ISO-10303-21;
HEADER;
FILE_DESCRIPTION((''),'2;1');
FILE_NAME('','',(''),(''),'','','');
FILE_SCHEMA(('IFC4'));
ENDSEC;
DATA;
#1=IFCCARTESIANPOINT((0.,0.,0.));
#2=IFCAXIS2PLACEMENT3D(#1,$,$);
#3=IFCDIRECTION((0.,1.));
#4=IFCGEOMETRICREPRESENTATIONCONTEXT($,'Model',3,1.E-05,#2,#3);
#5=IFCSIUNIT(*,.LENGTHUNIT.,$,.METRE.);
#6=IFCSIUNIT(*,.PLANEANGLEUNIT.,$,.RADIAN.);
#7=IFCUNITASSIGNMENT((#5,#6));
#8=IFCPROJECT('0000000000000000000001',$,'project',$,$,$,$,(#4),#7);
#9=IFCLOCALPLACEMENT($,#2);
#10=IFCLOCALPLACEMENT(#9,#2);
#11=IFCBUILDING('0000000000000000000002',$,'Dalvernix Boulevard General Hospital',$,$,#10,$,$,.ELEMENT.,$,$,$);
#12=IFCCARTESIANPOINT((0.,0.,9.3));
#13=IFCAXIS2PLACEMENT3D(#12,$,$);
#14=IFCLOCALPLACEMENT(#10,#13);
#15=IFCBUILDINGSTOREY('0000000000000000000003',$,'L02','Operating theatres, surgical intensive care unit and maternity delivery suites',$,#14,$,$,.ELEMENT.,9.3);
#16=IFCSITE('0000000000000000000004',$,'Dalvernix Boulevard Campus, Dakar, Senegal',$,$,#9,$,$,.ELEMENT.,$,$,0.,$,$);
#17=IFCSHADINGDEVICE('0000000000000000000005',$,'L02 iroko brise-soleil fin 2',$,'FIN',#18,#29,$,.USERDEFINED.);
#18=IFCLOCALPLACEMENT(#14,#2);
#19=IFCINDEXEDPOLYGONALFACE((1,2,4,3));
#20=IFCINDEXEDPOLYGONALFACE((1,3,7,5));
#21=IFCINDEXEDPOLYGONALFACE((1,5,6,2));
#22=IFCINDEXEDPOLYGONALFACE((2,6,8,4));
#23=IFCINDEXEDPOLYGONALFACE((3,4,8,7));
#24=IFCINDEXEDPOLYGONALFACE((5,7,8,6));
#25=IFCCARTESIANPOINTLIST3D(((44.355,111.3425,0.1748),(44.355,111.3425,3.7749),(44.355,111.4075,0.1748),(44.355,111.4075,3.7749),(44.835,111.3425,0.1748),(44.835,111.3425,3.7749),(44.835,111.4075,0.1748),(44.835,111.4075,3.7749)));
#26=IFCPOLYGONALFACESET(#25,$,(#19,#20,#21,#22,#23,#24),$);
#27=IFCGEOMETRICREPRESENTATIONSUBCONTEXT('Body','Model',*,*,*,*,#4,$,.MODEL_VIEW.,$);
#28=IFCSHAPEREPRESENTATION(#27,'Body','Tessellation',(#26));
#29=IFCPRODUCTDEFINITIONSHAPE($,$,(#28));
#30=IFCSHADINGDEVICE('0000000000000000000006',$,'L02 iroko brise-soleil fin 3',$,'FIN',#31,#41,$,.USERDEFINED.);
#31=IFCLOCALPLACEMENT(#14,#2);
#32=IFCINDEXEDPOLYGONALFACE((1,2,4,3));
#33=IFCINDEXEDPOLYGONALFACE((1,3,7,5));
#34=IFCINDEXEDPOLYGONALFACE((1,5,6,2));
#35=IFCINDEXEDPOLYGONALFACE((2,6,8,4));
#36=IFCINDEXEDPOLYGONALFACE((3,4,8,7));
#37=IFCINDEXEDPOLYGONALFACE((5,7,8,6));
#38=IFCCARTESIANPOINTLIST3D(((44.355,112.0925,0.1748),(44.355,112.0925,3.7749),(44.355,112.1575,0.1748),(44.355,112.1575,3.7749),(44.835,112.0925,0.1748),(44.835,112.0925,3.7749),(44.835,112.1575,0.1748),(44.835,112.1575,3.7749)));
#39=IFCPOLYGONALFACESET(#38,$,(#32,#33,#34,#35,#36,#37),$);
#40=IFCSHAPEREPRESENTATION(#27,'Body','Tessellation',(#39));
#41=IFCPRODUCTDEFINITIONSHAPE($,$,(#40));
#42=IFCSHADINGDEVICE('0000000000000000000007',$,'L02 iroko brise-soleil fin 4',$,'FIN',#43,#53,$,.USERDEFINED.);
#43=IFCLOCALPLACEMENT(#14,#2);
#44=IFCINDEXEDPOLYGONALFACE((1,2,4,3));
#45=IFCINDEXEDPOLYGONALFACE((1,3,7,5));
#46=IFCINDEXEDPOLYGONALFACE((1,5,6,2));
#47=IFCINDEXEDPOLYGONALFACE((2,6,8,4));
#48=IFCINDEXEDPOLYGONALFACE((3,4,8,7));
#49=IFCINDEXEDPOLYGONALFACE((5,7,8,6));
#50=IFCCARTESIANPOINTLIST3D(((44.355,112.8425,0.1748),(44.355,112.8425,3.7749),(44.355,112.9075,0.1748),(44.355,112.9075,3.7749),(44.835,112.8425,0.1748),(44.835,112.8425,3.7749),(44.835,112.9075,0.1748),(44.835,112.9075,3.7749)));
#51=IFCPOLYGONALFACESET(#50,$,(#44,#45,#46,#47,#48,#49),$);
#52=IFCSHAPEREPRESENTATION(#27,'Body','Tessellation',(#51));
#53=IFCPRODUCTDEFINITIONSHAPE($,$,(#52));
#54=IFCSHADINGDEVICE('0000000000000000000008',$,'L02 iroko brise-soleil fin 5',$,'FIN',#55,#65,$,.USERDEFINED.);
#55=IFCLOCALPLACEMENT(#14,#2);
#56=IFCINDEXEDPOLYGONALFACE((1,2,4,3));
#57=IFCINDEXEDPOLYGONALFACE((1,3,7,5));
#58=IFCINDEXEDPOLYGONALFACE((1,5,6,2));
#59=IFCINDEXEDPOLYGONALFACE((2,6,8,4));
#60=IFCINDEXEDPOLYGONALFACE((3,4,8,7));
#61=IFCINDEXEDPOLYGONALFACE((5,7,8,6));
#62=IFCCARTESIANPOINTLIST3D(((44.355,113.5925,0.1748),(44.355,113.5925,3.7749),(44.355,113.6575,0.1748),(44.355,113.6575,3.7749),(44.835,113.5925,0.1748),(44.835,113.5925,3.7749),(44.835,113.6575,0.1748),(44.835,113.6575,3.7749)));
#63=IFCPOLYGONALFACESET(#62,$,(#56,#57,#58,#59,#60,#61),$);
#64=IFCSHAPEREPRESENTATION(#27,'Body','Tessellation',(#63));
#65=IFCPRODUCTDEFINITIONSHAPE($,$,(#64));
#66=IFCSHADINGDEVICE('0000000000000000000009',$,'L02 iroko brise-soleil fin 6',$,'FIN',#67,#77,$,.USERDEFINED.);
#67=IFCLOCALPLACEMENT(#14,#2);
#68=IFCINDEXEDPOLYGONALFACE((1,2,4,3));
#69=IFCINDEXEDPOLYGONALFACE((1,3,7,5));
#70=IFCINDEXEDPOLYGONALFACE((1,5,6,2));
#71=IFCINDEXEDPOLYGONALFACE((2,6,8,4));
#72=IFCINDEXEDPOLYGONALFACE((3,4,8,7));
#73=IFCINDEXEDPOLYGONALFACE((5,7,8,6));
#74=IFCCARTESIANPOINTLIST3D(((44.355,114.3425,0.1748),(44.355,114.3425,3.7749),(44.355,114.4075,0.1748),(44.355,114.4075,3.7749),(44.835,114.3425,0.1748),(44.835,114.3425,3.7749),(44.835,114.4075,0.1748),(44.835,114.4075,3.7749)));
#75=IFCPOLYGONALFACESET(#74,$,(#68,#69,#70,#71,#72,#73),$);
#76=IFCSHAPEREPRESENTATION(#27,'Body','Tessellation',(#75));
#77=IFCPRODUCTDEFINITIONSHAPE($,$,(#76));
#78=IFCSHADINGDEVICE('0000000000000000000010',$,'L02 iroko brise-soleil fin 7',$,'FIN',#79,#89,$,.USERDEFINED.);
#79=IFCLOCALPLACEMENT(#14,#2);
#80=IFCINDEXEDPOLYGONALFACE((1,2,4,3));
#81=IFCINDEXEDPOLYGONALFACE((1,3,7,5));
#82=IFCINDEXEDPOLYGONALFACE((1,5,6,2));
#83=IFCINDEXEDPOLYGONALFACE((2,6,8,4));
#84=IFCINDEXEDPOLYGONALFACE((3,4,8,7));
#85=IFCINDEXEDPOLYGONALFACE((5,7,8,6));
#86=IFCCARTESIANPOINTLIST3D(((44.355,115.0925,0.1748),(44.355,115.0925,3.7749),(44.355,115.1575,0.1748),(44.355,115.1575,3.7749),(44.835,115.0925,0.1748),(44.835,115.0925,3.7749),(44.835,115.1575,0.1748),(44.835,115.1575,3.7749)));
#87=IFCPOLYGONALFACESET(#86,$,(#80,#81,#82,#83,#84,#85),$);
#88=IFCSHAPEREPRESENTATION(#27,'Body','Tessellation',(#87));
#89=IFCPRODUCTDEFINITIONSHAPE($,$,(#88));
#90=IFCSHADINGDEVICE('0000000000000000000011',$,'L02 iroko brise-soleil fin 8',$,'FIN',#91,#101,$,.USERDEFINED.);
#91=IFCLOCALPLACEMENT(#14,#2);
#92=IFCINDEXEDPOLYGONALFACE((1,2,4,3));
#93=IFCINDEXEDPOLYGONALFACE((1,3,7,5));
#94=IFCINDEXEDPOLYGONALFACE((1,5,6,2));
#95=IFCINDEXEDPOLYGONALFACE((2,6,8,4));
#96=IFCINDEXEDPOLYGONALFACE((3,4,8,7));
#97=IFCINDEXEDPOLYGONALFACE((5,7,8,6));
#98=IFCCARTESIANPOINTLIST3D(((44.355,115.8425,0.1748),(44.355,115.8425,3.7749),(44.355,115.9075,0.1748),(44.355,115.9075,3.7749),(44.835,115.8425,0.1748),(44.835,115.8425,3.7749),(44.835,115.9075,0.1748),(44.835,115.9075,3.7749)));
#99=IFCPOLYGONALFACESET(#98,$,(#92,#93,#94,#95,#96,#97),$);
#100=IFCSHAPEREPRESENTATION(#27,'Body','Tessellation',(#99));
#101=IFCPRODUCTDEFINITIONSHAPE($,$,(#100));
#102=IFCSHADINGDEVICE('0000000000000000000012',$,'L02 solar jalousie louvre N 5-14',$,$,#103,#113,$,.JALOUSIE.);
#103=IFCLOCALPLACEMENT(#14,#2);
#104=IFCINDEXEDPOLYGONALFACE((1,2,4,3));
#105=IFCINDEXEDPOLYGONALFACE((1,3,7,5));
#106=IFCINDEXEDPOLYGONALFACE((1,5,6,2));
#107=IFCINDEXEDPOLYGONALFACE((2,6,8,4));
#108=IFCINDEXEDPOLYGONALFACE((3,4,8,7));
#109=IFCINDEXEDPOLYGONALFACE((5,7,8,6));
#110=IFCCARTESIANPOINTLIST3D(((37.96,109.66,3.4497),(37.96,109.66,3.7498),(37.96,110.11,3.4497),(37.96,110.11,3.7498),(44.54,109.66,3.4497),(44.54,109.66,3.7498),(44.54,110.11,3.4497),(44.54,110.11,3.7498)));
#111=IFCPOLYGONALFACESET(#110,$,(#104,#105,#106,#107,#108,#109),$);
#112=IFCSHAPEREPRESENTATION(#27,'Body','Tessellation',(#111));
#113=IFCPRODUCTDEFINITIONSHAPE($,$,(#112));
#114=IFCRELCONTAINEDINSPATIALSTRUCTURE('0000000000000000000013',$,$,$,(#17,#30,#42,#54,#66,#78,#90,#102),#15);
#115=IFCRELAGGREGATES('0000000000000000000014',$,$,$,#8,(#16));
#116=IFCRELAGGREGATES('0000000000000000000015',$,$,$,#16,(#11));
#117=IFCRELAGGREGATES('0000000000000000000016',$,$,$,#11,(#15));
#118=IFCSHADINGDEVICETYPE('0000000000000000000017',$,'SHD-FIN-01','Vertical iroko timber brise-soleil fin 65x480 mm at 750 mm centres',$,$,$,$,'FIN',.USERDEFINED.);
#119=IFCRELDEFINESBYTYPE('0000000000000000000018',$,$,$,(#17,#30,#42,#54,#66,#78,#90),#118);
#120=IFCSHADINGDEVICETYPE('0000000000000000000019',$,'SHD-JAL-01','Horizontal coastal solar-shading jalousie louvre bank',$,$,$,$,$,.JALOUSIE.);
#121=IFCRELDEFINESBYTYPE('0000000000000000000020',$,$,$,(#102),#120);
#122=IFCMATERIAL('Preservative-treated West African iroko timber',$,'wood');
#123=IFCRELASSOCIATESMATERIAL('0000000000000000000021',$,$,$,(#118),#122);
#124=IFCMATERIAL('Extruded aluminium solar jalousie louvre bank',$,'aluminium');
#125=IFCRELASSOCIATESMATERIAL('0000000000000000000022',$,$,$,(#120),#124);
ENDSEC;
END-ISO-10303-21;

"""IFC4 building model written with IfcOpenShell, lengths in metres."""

from ifc_helpers import new_model, si_unit, direction, frame, origin, origin_2d, place, context, subcontext, project, spatial, rectangle, extrude, material, type_object, element, save


model = new_model("IFC4")

# Units and contexts
model_context = context("Model", 3, precision=1e-05, world=origin(), true_north=direction((0.0, 1.0)))
body_context = subcontext(model_context, "Body", "Model", "MODEL_VIEW")
ifc_project = project(units=[si_unit("LENGTHUNIT", "METRE"), si_unit("PLANEANGLEUNIT", "RADIAN")], contexts=[model_context])

# Site, building, storey
site_placement = place(None, origin())
site = spatial("IfcSite", under=ifc_project, at=site_placement, Name="Dalvernix Boulevard Campus, Dakar, Senegal", CompositionType="ELEMENT", RefElevation=0.0)
building_placement = place(site_placement, origin())
building = spatial("IfcBuilding", under=site, at=building_placement, Name="Dalvernix Boulevard General Hospital", CompositionType="ELEMENT")
storey_placement = place(building_placement, frame((0.0, 0.0, 9.3)))
storey = spatial("IfcBuildingStorey", under=building, at=storey_placement, Name="L02", Description="Operating theatres, surgical intensive care unit and maternity delivery suites", CompositionType="ELEMENT", Elevation=9.3)

# Shading devices
ifc_material_1 = material(Name="Preservative-treated West African iroko timber", Category="wood")
shading_device_type_1 = type_object("IfcShadingDeviceType", Name="SHD-FIN-01", Description="Vertical iroko timber brise-soleil fin 65x480 mm at 750 mm centres", ElementType="FIN", PredefinedType="USERDEFINED", material=ifc_material_1)
for number, where, z_axis, x_axis, name in (
    (1, (44.595, 111.375, 0.1748), (0.0, 0.0, 1.0), (0.0, 1.0, 0.0), "L02 iroko brise-soleil fin 2"),
    (2, (44.595, 112.125, 0.1748), (0.0, 0.0, 1.0), (0.0, 1.0, 0.0), "L02 iroko brise-soleil fin 3"),
    (3, (44.595, 112.875, 0.1748), (0.0, 0.0, 1.0), (0.0, 1.0, 0.0), "L02 iroko brise-soleil fin 4"),
    (4, (44.595, 113.625, 0.1748), (0.0, 0.0, 1.0), (0.0, 1.0, 0.0), "L02 iroko brise-soleil fin 5"),
    (5, (44.595, 114.375, 0.1748), (0.0, 0.0, 1.0), (0.0, 1.0, 0.0), "L02 iroko brise-soleil fin 6"),
    (6, (44.595, 115.125, 0.1748), (0.0, 0.0, 1.0), (0.0, 1.0, 0.0), "L02 iroko brise-soleil fin 7"),
    (7, (44.595, 115.875, 0.1748), (0.0, 0.0, 1.0), (0.0, 1.0, 0.0), "L02 iroko brise-soleil fin 8"),
):
    element("IfcShadingDevice", number, at=place(storey_placement, frame(where, z_axis=z_axis, x_axis=x_axis)), inside=storey, type_object=shading_device_type_1, Name=name, ObjectType="FIN", PredefinedType="USERDEFINED", context=body_context, shape_type="SweptSolid", body=[
        extrude(rectangle(XDim=0.0649, YDim=0.48, at=origin_2d()), origin(), (0.0, 0.0, 1.0), 3.6001),
    ])
ifc_material_2 = material(Name="Extruded aluminium solar jalousie louvre bank", Category="aluminium")
shading_device_type_2 = type_object("IfcShadingDeviceType", Name="SHD-JAL-01", Description="Horizontal coastal solar-shading jalousie louvre bank", PredefinedType="JALOUSIE", material=ifc_material_2)
shading_device_placement = place(storey_placement, frame((41.25, 109.885, 3.4497), z_axis=(0.0, 0.0, 1.0), x_axis=(1.0, 0.0, 0.0)))
element("IfcShadingDevice", 8, at=shading_device_placement, inside=storey, type_object=shading_device_type_2, Name="L02 solar jalousie louvre N 5-14", PredefinedType="JALOUSIE", context=body_context, shape_type="SweptSolid", body=[
    extrude(rectangle(XDim=6.5801, YDim=0.45, at=origin_2d()), origin(), (0.0, 0.0, 1.0), 0.3),
])

save(model, "model.ifc")
